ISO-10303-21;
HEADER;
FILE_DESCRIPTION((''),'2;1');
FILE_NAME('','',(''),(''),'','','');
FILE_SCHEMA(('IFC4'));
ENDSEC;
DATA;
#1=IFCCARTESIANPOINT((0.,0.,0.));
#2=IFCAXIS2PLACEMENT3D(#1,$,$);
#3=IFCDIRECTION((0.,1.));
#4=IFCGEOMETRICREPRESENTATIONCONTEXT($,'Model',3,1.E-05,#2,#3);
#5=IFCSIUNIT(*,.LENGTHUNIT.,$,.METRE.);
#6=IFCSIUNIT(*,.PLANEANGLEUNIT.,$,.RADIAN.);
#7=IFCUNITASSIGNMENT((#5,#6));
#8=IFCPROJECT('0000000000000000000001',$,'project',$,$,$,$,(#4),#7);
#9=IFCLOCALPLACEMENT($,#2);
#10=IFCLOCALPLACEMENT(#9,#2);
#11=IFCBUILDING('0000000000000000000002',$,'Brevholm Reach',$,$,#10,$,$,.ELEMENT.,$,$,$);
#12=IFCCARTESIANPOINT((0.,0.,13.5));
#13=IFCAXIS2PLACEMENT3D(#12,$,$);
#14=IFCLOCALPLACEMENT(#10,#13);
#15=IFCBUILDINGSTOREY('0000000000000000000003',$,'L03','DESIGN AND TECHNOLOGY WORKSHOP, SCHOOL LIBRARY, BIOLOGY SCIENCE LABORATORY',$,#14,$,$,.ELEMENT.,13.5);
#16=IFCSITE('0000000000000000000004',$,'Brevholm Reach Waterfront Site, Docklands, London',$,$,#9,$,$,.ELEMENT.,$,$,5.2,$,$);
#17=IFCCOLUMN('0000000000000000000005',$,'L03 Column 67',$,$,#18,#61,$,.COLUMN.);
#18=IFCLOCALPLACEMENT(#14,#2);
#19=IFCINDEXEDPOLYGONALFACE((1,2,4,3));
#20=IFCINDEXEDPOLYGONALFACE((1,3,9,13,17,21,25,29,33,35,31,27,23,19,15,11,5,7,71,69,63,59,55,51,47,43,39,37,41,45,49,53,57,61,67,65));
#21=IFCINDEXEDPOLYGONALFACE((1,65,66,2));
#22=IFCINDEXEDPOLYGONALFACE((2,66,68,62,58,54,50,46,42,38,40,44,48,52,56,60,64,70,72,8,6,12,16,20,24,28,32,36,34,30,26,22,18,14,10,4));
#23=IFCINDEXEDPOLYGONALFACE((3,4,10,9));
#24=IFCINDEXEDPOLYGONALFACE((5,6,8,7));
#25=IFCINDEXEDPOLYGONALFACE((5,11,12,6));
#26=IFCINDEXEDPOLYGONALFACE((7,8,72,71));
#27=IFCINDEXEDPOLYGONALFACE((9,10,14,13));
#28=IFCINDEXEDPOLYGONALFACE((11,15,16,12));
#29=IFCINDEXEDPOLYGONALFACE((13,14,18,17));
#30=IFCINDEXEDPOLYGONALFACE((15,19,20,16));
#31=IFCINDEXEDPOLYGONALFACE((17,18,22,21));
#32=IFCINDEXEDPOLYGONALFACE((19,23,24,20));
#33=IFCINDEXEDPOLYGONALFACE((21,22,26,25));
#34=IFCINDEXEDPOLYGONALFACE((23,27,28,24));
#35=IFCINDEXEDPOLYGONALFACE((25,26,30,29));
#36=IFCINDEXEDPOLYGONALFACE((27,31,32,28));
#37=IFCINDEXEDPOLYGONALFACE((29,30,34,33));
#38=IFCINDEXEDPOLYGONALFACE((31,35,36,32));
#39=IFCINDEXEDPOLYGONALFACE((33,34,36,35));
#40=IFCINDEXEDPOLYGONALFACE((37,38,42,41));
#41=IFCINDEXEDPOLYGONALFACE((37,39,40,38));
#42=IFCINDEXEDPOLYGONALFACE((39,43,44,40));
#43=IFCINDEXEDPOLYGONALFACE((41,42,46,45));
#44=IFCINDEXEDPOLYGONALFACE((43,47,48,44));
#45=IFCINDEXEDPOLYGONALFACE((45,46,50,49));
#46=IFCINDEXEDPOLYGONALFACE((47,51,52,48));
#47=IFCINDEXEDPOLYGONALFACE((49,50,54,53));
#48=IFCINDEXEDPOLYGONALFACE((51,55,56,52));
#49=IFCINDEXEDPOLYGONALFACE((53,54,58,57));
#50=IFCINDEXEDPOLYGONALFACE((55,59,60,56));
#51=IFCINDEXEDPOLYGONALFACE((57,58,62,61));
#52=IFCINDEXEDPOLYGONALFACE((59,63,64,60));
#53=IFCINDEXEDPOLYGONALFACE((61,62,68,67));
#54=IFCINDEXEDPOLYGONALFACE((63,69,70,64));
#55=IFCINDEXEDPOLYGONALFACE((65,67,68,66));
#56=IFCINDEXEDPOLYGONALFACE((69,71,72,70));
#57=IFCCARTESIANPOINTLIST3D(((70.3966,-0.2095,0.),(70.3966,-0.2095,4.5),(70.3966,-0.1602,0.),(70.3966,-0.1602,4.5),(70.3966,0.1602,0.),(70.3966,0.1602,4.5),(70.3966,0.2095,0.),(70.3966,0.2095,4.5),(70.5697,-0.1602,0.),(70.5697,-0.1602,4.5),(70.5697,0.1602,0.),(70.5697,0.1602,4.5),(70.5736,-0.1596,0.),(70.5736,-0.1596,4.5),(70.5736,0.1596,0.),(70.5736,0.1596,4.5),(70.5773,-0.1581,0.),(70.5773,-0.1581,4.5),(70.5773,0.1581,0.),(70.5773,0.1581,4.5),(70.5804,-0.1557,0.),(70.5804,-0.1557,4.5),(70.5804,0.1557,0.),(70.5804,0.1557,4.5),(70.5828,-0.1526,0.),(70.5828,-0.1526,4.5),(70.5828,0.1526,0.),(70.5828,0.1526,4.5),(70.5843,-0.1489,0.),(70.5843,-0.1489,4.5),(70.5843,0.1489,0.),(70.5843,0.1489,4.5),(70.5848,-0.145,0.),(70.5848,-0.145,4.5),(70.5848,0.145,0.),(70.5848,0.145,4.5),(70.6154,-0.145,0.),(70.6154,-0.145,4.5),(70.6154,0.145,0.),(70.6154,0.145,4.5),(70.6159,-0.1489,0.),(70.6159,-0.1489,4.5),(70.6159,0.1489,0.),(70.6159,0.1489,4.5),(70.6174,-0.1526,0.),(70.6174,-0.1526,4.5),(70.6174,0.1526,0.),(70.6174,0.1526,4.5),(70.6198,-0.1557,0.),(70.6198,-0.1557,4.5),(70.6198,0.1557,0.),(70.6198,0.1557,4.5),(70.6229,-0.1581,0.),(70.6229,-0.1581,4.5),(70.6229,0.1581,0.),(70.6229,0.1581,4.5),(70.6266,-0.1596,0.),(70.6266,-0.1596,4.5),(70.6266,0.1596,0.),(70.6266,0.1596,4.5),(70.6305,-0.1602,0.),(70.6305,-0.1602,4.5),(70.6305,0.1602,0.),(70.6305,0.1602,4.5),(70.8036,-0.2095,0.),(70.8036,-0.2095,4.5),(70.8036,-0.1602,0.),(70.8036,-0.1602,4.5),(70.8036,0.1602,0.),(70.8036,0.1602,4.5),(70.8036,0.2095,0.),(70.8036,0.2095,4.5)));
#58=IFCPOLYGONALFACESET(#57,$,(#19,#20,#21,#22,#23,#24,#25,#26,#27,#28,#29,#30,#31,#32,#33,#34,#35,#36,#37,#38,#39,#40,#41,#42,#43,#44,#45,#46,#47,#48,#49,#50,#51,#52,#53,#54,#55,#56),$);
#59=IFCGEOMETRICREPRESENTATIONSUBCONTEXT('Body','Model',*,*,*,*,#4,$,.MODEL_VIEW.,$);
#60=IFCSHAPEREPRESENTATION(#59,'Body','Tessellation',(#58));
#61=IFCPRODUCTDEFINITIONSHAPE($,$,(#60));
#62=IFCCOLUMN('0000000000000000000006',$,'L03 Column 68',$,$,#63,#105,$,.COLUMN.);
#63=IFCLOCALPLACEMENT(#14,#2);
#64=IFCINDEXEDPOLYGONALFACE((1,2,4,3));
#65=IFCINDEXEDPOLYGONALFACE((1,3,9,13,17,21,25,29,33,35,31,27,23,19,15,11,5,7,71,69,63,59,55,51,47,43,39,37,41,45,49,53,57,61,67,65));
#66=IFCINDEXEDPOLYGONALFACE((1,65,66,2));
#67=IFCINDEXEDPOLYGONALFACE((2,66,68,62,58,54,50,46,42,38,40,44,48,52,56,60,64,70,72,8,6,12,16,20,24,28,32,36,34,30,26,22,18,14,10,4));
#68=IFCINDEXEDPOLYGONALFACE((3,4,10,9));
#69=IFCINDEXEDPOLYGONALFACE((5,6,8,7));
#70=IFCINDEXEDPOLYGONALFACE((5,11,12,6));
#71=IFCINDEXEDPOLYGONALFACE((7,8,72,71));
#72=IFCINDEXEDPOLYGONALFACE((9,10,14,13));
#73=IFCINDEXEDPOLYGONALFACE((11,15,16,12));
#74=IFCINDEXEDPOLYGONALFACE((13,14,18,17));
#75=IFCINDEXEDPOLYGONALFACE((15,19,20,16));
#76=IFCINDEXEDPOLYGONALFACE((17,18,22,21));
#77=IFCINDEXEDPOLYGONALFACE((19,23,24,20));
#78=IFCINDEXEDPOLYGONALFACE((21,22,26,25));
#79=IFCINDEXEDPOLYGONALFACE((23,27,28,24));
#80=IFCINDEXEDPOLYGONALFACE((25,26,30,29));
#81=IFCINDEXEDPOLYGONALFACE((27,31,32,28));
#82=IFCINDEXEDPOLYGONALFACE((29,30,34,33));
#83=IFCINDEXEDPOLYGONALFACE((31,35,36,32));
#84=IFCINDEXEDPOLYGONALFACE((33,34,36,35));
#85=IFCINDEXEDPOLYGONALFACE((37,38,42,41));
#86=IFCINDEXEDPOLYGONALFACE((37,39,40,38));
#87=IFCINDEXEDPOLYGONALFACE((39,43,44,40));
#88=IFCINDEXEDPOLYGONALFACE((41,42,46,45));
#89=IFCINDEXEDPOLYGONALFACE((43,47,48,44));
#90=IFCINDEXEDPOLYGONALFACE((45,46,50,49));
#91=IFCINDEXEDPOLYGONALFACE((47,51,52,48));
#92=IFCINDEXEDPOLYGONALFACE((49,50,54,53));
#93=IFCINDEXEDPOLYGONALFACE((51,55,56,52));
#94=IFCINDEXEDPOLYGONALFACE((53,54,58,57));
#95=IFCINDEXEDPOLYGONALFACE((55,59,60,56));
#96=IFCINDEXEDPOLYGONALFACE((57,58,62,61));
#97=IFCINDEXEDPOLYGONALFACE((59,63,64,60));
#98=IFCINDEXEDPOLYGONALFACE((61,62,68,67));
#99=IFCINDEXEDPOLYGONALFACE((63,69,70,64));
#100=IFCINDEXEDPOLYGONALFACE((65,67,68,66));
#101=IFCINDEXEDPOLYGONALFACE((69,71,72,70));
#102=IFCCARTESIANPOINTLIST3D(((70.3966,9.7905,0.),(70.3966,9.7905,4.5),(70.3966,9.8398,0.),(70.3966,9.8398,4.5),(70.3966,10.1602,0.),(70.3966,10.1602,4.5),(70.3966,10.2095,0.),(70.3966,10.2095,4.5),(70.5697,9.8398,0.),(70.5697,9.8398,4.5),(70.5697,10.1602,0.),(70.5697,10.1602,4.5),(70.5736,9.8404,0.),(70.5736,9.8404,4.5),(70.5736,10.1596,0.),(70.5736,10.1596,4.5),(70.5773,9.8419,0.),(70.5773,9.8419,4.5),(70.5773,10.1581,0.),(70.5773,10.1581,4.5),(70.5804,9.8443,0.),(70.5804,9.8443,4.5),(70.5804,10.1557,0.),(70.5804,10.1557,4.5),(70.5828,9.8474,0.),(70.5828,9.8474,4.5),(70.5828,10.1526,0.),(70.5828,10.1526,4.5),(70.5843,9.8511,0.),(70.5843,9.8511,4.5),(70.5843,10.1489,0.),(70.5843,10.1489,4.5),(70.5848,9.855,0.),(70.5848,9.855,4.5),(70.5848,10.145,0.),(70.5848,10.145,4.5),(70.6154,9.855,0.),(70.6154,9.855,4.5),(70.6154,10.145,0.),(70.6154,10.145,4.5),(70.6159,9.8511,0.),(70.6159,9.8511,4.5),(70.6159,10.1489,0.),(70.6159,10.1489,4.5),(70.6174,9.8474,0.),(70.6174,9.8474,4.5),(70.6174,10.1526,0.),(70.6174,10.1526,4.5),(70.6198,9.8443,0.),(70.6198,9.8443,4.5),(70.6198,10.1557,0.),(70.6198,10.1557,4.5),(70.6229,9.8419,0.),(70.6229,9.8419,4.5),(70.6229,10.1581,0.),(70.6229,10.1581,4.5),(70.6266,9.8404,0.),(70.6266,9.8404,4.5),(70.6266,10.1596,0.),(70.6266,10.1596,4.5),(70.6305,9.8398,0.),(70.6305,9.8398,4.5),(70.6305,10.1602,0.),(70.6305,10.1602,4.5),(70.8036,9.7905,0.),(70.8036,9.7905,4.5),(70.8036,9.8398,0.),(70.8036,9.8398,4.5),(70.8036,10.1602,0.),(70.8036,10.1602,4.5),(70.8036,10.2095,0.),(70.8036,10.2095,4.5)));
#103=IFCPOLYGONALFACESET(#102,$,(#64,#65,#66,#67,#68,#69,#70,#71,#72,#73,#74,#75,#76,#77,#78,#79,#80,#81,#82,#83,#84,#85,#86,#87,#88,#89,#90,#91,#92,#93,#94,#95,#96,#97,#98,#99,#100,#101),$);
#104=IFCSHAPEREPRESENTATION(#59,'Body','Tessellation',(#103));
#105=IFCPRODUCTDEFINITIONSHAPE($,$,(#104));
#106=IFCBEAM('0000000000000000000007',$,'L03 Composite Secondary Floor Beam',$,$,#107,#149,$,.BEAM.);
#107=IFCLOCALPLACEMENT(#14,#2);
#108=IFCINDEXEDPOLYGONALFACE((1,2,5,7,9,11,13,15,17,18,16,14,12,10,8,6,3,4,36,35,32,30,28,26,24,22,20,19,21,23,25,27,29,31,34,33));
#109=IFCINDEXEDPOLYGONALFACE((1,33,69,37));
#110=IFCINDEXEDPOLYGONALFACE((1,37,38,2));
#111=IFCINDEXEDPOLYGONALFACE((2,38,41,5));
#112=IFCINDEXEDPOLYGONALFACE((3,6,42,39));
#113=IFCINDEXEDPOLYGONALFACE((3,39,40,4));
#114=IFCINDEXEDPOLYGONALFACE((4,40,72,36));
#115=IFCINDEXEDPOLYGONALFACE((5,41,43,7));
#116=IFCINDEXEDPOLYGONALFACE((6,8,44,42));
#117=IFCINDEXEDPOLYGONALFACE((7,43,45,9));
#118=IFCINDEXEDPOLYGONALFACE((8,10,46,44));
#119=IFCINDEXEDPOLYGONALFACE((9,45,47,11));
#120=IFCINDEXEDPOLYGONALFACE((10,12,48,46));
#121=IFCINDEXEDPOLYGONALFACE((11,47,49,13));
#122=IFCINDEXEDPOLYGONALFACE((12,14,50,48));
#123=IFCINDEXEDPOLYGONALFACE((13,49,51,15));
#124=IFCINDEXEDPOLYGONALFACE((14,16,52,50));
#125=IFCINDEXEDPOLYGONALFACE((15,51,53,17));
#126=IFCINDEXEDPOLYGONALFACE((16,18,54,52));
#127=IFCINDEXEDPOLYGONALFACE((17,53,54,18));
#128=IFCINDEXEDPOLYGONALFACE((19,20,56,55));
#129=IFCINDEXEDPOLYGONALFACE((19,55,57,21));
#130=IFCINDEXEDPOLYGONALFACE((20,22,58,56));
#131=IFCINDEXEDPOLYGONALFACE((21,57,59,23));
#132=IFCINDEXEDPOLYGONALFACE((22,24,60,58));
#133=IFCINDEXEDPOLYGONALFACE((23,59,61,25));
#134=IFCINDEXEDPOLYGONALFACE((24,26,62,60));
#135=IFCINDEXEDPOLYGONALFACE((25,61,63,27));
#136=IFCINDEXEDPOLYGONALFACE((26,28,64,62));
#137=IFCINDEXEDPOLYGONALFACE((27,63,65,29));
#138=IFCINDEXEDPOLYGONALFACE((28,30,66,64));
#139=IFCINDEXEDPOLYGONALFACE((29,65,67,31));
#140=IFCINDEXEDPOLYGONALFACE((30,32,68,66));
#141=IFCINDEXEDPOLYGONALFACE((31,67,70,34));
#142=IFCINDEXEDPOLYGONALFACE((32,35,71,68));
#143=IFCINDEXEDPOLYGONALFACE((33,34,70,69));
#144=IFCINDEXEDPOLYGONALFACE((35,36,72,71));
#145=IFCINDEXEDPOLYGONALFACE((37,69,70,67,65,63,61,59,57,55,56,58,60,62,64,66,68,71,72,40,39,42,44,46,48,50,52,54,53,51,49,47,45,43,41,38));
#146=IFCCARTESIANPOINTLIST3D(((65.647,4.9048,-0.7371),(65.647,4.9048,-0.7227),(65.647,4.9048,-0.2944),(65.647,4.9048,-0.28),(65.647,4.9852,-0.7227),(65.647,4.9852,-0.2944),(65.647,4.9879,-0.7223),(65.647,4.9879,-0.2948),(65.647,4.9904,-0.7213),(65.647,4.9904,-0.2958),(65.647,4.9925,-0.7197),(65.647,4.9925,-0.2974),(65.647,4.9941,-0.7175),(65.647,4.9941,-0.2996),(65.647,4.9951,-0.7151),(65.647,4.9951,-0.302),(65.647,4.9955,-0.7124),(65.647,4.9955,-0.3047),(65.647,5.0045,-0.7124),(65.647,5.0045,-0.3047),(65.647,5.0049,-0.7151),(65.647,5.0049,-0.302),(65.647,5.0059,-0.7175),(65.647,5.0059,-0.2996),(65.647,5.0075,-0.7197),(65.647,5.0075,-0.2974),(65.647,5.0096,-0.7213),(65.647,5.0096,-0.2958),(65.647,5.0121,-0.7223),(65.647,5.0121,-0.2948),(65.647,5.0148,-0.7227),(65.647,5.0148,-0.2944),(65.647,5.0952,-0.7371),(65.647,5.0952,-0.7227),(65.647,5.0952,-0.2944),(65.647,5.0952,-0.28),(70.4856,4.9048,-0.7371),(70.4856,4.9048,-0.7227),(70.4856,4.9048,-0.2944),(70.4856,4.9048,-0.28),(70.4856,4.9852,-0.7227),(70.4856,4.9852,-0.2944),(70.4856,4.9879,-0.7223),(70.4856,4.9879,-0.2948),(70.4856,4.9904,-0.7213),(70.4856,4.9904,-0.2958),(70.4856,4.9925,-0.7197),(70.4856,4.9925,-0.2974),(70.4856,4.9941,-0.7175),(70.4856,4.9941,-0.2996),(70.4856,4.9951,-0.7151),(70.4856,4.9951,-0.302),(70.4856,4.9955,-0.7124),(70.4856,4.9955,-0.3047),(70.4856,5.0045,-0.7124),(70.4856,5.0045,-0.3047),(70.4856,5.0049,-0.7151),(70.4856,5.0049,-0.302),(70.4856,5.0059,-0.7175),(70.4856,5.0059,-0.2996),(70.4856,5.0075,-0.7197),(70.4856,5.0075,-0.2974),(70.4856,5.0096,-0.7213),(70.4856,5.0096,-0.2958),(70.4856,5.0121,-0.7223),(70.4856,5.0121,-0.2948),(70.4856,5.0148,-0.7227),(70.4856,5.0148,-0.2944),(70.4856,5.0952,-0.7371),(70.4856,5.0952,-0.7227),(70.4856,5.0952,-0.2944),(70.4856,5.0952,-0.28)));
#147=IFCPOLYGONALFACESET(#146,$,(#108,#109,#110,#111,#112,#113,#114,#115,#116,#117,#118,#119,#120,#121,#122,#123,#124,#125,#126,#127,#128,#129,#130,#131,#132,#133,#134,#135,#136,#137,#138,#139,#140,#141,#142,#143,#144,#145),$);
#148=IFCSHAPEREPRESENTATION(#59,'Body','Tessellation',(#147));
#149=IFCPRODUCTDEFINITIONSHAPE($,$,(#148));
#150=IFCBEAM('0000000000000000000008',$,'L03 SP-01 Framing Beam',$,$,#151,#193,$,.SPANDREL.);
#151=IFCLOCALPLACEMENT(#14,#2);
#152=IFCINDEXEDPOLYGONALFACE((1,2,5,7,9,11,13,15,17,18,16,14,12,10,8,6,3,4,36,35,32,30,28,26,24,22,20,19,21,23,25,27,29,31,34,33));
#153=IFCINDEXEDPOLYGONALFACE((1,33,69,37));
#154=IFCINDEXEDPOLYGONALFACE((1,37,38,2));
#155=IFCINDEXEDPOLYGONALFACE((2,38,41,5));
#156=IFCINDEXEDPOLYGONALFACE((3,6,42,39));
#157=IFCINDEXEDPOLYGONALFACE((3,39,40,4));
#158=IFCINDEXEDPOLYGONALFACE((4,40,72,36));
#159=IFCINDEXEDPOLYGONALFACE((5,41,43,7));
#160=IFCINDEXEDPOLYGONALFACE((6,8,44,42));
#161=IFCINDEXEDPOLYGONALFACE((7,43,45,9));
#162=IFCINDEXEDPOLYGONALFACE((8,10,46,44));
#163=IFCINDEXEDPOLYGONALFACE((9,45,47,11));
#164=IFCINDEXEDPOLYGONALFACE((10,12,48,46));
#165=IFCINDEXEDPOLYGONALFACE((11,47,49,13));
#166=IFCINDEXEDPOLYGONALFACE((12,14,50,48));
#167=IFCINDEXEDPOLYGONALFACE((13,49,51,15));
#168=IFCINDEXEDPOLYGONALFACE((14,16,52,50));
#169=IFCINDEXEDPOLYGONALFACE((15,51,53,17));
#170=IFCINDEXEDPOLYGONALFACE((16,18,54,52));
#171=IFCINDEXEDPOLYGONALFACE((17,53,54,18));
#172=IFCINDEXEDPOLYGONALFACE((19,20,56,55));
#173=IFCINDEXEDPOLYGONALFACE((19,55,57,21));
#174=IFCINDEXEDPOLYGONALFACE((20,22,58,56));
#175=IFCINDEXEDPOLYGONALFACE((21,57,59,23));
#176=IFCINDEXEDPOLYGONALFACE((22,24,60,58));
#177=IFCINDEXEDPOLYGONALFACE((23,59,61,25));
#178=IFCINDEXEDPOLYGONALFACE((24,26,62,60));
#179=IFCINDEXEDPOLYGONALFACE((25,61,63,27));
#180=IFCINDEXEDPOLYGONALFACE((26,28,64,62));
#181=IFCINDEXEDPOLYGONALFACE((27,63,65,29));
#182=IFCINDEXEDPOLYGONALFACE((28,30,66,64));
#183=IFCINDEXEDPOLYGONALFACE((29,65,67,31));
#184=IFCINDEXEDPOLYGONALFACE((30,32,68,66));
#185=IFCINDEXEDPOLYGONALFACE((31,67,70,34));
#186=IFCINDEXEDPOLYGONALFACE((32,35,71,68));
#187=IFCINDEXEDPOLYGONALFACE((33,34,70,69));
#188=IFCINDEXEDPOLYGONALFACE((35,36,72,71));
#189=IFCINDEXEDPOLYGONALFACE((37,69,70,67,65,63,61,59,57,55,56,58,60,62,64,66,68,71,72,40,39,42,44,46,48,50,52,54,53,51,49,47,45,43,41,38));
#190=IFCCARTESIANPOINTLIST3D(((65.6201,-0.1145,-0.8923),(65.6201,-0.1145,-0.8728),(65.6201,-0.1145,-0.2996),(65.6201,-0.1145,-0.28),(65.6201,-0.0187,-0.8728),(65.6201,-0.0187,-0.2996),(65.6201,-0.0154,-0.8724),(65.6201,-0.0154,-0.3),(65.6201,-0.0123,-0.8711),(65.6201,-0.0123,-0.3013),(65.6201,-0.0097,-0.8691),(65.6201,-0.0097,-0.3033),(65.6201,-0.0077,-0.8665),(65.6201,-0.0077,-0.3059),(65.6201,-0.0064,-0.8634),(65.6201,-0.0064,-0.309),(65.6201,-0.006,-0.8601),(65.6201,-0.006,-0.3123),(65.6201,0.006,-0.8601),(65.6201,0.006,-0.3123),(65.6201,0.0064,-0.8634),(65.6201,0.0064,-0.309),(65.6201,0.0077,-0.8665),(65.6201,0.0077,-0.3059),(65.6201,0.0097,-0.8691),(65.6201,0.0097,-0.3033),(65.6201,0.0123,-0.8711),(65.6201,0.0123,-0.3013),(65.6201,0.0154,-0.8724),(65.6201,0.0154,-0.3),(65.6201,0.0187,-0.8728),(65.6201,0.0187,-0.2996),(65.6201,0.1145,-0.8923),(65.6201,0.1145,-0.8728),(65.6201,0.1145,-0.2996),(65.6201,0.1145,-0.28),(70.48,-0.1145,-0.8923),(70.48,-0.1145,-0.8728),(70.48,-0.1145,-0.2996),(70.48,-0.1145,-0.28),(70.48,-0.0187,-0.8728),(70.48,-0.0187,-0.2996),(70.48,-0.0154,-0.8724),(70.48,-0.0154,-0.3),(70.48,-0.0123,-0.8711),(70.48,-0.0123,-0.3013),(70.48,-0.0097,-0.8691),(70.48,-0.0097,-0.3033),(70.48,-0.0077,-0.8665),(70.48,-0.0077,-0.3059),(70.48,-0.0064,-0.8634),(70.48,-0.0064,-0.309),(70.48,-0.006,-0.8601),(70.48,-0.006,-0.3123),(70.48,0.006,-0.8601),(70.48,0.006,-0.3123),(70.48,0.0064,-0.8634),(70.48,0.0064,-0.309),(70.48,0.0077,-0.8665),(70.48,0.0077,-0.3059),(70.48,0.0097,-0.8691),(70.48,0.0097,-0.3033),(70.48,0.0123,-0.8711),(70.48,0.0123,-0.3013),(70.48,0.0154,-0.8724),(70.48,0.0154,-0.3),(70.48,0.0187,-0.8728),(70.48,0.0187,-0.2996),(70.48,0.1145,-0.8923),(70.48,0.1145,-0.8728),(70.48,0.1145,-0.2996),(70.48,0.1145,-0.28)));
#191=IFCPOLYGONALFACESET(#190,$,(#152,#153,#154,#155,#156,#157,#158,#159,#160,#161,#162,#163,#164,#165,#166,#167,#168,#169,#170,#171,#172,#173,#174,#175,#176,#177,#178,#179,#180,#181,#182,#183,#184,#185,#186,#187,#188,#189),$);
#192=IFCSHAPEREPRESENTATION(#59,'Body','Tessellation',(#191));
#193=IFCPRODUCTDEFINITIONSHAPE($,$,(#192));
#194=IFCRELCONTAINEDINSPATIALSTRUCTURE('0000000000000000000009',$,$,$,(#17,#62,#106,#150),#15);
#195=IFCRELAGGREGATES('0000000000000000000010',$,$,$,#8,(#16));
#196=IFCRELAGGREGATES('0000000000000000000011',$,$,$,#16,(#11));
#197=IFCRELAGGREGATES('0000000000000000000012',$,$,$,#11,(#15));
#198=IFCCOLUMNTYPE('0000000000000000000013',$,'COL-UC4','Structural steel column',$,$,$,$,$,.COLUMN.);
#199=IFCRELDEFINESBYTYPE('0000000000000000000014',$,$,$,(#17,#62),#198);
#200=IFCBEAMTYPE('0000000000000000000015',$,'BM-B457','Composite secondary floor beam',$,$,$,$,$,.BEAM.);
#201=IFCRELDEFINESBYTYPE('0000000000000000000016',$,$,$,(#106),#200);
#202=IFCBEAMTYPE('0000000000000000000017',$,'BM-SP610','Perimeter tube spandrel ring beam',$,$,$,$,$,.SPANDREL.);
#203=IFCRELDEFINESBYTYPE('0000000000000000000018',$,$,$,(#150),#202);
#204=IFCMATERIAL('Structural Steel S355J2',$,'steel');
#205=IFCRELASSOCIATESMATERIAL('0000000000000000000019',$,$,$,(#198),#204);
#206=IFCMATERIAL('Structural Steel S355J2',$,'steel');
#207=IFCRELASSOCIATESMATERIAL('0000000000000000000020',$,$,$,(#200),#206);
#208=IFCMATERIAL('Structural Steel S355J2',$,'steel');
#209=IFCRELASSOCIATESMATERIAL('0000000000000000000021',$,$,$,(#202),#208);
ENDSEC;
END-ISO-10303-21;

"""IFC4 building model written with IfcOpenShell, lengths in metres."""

from ifc_helpers import new_model, si_unit, direction, frame, origin, origin_2d, place, context, subcontext, project, spatial, i_section, extrude, material, material_profile, profile_set, type_object, element, save


model = new_model("IFC4")

# Units and contexts
model_context = context("Model", 3, precision=1e-05, world=origin(), true_north=direction((0.0, 1.0)))
body_context = subcontext(model_context, "Body", "Model", "MODEL_VIEW")
ifc_project = project(units=[si_unit("LENGTHUNIT", "METRE"), si_unit("PLANEANGLEUNIT", "RADIAN")], contexts=[model_context])

# Site, building, storey
site_placement = place(None, origin())
site = spatial("IfcSite", under=ifc_project, at=site_placement, Name="Brevholm Reach Waterfront Site, Docklands, London", CompositionType="ELEMENT", RefElevation=5.2)
building_placement = place(site_placement, origin())
building = spatial("IfcBuilding", under=site, at=building_placement, Name="Brevholm Reach", CompositionType="ELEMENT")
storey_placement = place(building_placement, frame((0.0, 0.0, 13.5)))
storey = spatial("IfcBuildingStorey", under=building, at=storey_placement, Name="L03", Description="DESIGN AND TECHNOLOGY WORKSHOP, SCHOOL LIBRARY, BIOLOGY SCIENCE LABORATORY", CompositionType="ELEMENT", Elevation=13.5)

# Columns
ifc_material_1 = material(Name="Structural Steel S355J2", Category="steel")
ifc_material_profile_1 = material_profile(ifc_material_1, i_section(OverallWidth=0.407, OverallDepth=0.4189, WebThickness=0.0305, FlangeThickness=0.0493, FilletRadius=0.0151, at=origin_2d()), Name="UKC 356x406x393")
ifc_profile_set_1 = profile_set([ifc_material_profile_1], Name="Structural Steel S355J2")
column_type_1 = type_object("IfcColumnType", Name="COL-UC4", Description="Structural steel column", PredefinedType="COLUMN", material=ifc_profile_set_1)
for number, where, z_axis, x_axis, name in (
    (1, (70.6001, 0.0, 0.0), (0.0, 0.0, 1.0), (1.0, 0.0, 0.0), "L03 Column 67"),
    (2, (70.6001, 10.0, 0.0), (0.0, 0.0, 1.0), (1.0, 0.0, 0.0), "L03 Column 68"),
):
    element("IfcColumn", number, at=place(storey_placement, frame(where, z_axis=z_axis, x_axis=x_axis)), inside=storey, type_object=column_type_1, Name=name, PredefinedType="COLUMN", context=body_context, shape_type="SweptSolid", body=[
        extrude(i_section(OverallWidth=0.407, OverallDepth=0.4189, WebThickness=0.0305, FlangeThickness=0.0493, FilletRadius=0.0151, at=origin_2d()), origin(), (0.0, 0.0, 1.0), 4.5),
    ])

# Beams
ifc_material_2 = material(Name="Structural Steel S355J2", Category="steel")
ifc_material_profile_2 = material_profile(ifc_material_2, i_section(OverallWidth=0.1904, OverallDepth=0.457, WebThickness=0.009, FlangeThickness=0.0144, FilletRadius=0.0103, at=origin_2d()), Name="UKB 457x191x74")
ifc_profile_set_2 = profile_set([ifc_material_profile_2], Name="Structural Steel S355J2")
beam_type_1 = type_object("IfcBeamType", Name="BM-B457", Description="Composite secondary floor beam", PredefinedType="BEAM", material=ifc_profile_set_2)
beam_1_placement = place(storey_placement, frame((65.647, 5.0, -0.5085), z_axis=(1.0, 0.0, 0.0), x_axis=(0.0, 1.0, 0.0)))
element("IfcBeam", 3, at=beam_1_placement, inside=storey, type_object=beam_type_1, Name="L03 Composite Secondary Floor Beam", PredefinedType="BEAM", context=body_context, shape_type="SweptSolid", body=[
    extrude(i_section(OverallWidth=0.1904, OverallDepth=0.457, WebThickness=0.009, FlangeThickness=0.0144, FilletRadius=0.0103, at=origin_2d()), origin(), (0.0, 0.0, 1.0), 4.8386),
])
ifc_material_3 = material(Name="Structural Steel S355J2", Category="steel")
ifc_material_profile_3 = material_profile(ifc_material_3, i_section(OverallWidth=0.229, OverallDepth=0.6123, WebThickness=0.012, FlangeThickness=0.0195, FilletRadius=0.0127, at=origin_2d()), Name="UKB 610x229x125")
ifc_profile_set_3 = profile_set([ifc_material_profile_3], Name="Structural Steel S355J2")
beam_type_2 = type_object("IfcBeamType", Name="BM-SP610", Description="Perimeter tube spandrel ring beam", PredefinedType="SPANDREL", material=ifc_profile_set_3)
beam_2_placement = place(storey_placement, frame((65.6201, 0.0, -0.5862), z_axis=(1.0, 0.0, 0.0), x_axis=(0.0, 1.0, 0.0)))
element("IfcBeam", 4, at=beam_2_placement, inside=storey, type_object=beam_type_2, Name="L03 SP-01 Framing Beam", PredefinedType="SPANDREL", context=body_context, shape_type="SweptSolid", body=[
    extrude(i_section(OverallWidth=0.229, OverallDepth=0.6123, WebThickness=0.012, FlangeThickness=0.0195, FilletRadius=0.0127, at=origin_2d()), origin(), (0.0, 0.0, 1.0), 4.8599),
])

save(model, "model.ifc")
